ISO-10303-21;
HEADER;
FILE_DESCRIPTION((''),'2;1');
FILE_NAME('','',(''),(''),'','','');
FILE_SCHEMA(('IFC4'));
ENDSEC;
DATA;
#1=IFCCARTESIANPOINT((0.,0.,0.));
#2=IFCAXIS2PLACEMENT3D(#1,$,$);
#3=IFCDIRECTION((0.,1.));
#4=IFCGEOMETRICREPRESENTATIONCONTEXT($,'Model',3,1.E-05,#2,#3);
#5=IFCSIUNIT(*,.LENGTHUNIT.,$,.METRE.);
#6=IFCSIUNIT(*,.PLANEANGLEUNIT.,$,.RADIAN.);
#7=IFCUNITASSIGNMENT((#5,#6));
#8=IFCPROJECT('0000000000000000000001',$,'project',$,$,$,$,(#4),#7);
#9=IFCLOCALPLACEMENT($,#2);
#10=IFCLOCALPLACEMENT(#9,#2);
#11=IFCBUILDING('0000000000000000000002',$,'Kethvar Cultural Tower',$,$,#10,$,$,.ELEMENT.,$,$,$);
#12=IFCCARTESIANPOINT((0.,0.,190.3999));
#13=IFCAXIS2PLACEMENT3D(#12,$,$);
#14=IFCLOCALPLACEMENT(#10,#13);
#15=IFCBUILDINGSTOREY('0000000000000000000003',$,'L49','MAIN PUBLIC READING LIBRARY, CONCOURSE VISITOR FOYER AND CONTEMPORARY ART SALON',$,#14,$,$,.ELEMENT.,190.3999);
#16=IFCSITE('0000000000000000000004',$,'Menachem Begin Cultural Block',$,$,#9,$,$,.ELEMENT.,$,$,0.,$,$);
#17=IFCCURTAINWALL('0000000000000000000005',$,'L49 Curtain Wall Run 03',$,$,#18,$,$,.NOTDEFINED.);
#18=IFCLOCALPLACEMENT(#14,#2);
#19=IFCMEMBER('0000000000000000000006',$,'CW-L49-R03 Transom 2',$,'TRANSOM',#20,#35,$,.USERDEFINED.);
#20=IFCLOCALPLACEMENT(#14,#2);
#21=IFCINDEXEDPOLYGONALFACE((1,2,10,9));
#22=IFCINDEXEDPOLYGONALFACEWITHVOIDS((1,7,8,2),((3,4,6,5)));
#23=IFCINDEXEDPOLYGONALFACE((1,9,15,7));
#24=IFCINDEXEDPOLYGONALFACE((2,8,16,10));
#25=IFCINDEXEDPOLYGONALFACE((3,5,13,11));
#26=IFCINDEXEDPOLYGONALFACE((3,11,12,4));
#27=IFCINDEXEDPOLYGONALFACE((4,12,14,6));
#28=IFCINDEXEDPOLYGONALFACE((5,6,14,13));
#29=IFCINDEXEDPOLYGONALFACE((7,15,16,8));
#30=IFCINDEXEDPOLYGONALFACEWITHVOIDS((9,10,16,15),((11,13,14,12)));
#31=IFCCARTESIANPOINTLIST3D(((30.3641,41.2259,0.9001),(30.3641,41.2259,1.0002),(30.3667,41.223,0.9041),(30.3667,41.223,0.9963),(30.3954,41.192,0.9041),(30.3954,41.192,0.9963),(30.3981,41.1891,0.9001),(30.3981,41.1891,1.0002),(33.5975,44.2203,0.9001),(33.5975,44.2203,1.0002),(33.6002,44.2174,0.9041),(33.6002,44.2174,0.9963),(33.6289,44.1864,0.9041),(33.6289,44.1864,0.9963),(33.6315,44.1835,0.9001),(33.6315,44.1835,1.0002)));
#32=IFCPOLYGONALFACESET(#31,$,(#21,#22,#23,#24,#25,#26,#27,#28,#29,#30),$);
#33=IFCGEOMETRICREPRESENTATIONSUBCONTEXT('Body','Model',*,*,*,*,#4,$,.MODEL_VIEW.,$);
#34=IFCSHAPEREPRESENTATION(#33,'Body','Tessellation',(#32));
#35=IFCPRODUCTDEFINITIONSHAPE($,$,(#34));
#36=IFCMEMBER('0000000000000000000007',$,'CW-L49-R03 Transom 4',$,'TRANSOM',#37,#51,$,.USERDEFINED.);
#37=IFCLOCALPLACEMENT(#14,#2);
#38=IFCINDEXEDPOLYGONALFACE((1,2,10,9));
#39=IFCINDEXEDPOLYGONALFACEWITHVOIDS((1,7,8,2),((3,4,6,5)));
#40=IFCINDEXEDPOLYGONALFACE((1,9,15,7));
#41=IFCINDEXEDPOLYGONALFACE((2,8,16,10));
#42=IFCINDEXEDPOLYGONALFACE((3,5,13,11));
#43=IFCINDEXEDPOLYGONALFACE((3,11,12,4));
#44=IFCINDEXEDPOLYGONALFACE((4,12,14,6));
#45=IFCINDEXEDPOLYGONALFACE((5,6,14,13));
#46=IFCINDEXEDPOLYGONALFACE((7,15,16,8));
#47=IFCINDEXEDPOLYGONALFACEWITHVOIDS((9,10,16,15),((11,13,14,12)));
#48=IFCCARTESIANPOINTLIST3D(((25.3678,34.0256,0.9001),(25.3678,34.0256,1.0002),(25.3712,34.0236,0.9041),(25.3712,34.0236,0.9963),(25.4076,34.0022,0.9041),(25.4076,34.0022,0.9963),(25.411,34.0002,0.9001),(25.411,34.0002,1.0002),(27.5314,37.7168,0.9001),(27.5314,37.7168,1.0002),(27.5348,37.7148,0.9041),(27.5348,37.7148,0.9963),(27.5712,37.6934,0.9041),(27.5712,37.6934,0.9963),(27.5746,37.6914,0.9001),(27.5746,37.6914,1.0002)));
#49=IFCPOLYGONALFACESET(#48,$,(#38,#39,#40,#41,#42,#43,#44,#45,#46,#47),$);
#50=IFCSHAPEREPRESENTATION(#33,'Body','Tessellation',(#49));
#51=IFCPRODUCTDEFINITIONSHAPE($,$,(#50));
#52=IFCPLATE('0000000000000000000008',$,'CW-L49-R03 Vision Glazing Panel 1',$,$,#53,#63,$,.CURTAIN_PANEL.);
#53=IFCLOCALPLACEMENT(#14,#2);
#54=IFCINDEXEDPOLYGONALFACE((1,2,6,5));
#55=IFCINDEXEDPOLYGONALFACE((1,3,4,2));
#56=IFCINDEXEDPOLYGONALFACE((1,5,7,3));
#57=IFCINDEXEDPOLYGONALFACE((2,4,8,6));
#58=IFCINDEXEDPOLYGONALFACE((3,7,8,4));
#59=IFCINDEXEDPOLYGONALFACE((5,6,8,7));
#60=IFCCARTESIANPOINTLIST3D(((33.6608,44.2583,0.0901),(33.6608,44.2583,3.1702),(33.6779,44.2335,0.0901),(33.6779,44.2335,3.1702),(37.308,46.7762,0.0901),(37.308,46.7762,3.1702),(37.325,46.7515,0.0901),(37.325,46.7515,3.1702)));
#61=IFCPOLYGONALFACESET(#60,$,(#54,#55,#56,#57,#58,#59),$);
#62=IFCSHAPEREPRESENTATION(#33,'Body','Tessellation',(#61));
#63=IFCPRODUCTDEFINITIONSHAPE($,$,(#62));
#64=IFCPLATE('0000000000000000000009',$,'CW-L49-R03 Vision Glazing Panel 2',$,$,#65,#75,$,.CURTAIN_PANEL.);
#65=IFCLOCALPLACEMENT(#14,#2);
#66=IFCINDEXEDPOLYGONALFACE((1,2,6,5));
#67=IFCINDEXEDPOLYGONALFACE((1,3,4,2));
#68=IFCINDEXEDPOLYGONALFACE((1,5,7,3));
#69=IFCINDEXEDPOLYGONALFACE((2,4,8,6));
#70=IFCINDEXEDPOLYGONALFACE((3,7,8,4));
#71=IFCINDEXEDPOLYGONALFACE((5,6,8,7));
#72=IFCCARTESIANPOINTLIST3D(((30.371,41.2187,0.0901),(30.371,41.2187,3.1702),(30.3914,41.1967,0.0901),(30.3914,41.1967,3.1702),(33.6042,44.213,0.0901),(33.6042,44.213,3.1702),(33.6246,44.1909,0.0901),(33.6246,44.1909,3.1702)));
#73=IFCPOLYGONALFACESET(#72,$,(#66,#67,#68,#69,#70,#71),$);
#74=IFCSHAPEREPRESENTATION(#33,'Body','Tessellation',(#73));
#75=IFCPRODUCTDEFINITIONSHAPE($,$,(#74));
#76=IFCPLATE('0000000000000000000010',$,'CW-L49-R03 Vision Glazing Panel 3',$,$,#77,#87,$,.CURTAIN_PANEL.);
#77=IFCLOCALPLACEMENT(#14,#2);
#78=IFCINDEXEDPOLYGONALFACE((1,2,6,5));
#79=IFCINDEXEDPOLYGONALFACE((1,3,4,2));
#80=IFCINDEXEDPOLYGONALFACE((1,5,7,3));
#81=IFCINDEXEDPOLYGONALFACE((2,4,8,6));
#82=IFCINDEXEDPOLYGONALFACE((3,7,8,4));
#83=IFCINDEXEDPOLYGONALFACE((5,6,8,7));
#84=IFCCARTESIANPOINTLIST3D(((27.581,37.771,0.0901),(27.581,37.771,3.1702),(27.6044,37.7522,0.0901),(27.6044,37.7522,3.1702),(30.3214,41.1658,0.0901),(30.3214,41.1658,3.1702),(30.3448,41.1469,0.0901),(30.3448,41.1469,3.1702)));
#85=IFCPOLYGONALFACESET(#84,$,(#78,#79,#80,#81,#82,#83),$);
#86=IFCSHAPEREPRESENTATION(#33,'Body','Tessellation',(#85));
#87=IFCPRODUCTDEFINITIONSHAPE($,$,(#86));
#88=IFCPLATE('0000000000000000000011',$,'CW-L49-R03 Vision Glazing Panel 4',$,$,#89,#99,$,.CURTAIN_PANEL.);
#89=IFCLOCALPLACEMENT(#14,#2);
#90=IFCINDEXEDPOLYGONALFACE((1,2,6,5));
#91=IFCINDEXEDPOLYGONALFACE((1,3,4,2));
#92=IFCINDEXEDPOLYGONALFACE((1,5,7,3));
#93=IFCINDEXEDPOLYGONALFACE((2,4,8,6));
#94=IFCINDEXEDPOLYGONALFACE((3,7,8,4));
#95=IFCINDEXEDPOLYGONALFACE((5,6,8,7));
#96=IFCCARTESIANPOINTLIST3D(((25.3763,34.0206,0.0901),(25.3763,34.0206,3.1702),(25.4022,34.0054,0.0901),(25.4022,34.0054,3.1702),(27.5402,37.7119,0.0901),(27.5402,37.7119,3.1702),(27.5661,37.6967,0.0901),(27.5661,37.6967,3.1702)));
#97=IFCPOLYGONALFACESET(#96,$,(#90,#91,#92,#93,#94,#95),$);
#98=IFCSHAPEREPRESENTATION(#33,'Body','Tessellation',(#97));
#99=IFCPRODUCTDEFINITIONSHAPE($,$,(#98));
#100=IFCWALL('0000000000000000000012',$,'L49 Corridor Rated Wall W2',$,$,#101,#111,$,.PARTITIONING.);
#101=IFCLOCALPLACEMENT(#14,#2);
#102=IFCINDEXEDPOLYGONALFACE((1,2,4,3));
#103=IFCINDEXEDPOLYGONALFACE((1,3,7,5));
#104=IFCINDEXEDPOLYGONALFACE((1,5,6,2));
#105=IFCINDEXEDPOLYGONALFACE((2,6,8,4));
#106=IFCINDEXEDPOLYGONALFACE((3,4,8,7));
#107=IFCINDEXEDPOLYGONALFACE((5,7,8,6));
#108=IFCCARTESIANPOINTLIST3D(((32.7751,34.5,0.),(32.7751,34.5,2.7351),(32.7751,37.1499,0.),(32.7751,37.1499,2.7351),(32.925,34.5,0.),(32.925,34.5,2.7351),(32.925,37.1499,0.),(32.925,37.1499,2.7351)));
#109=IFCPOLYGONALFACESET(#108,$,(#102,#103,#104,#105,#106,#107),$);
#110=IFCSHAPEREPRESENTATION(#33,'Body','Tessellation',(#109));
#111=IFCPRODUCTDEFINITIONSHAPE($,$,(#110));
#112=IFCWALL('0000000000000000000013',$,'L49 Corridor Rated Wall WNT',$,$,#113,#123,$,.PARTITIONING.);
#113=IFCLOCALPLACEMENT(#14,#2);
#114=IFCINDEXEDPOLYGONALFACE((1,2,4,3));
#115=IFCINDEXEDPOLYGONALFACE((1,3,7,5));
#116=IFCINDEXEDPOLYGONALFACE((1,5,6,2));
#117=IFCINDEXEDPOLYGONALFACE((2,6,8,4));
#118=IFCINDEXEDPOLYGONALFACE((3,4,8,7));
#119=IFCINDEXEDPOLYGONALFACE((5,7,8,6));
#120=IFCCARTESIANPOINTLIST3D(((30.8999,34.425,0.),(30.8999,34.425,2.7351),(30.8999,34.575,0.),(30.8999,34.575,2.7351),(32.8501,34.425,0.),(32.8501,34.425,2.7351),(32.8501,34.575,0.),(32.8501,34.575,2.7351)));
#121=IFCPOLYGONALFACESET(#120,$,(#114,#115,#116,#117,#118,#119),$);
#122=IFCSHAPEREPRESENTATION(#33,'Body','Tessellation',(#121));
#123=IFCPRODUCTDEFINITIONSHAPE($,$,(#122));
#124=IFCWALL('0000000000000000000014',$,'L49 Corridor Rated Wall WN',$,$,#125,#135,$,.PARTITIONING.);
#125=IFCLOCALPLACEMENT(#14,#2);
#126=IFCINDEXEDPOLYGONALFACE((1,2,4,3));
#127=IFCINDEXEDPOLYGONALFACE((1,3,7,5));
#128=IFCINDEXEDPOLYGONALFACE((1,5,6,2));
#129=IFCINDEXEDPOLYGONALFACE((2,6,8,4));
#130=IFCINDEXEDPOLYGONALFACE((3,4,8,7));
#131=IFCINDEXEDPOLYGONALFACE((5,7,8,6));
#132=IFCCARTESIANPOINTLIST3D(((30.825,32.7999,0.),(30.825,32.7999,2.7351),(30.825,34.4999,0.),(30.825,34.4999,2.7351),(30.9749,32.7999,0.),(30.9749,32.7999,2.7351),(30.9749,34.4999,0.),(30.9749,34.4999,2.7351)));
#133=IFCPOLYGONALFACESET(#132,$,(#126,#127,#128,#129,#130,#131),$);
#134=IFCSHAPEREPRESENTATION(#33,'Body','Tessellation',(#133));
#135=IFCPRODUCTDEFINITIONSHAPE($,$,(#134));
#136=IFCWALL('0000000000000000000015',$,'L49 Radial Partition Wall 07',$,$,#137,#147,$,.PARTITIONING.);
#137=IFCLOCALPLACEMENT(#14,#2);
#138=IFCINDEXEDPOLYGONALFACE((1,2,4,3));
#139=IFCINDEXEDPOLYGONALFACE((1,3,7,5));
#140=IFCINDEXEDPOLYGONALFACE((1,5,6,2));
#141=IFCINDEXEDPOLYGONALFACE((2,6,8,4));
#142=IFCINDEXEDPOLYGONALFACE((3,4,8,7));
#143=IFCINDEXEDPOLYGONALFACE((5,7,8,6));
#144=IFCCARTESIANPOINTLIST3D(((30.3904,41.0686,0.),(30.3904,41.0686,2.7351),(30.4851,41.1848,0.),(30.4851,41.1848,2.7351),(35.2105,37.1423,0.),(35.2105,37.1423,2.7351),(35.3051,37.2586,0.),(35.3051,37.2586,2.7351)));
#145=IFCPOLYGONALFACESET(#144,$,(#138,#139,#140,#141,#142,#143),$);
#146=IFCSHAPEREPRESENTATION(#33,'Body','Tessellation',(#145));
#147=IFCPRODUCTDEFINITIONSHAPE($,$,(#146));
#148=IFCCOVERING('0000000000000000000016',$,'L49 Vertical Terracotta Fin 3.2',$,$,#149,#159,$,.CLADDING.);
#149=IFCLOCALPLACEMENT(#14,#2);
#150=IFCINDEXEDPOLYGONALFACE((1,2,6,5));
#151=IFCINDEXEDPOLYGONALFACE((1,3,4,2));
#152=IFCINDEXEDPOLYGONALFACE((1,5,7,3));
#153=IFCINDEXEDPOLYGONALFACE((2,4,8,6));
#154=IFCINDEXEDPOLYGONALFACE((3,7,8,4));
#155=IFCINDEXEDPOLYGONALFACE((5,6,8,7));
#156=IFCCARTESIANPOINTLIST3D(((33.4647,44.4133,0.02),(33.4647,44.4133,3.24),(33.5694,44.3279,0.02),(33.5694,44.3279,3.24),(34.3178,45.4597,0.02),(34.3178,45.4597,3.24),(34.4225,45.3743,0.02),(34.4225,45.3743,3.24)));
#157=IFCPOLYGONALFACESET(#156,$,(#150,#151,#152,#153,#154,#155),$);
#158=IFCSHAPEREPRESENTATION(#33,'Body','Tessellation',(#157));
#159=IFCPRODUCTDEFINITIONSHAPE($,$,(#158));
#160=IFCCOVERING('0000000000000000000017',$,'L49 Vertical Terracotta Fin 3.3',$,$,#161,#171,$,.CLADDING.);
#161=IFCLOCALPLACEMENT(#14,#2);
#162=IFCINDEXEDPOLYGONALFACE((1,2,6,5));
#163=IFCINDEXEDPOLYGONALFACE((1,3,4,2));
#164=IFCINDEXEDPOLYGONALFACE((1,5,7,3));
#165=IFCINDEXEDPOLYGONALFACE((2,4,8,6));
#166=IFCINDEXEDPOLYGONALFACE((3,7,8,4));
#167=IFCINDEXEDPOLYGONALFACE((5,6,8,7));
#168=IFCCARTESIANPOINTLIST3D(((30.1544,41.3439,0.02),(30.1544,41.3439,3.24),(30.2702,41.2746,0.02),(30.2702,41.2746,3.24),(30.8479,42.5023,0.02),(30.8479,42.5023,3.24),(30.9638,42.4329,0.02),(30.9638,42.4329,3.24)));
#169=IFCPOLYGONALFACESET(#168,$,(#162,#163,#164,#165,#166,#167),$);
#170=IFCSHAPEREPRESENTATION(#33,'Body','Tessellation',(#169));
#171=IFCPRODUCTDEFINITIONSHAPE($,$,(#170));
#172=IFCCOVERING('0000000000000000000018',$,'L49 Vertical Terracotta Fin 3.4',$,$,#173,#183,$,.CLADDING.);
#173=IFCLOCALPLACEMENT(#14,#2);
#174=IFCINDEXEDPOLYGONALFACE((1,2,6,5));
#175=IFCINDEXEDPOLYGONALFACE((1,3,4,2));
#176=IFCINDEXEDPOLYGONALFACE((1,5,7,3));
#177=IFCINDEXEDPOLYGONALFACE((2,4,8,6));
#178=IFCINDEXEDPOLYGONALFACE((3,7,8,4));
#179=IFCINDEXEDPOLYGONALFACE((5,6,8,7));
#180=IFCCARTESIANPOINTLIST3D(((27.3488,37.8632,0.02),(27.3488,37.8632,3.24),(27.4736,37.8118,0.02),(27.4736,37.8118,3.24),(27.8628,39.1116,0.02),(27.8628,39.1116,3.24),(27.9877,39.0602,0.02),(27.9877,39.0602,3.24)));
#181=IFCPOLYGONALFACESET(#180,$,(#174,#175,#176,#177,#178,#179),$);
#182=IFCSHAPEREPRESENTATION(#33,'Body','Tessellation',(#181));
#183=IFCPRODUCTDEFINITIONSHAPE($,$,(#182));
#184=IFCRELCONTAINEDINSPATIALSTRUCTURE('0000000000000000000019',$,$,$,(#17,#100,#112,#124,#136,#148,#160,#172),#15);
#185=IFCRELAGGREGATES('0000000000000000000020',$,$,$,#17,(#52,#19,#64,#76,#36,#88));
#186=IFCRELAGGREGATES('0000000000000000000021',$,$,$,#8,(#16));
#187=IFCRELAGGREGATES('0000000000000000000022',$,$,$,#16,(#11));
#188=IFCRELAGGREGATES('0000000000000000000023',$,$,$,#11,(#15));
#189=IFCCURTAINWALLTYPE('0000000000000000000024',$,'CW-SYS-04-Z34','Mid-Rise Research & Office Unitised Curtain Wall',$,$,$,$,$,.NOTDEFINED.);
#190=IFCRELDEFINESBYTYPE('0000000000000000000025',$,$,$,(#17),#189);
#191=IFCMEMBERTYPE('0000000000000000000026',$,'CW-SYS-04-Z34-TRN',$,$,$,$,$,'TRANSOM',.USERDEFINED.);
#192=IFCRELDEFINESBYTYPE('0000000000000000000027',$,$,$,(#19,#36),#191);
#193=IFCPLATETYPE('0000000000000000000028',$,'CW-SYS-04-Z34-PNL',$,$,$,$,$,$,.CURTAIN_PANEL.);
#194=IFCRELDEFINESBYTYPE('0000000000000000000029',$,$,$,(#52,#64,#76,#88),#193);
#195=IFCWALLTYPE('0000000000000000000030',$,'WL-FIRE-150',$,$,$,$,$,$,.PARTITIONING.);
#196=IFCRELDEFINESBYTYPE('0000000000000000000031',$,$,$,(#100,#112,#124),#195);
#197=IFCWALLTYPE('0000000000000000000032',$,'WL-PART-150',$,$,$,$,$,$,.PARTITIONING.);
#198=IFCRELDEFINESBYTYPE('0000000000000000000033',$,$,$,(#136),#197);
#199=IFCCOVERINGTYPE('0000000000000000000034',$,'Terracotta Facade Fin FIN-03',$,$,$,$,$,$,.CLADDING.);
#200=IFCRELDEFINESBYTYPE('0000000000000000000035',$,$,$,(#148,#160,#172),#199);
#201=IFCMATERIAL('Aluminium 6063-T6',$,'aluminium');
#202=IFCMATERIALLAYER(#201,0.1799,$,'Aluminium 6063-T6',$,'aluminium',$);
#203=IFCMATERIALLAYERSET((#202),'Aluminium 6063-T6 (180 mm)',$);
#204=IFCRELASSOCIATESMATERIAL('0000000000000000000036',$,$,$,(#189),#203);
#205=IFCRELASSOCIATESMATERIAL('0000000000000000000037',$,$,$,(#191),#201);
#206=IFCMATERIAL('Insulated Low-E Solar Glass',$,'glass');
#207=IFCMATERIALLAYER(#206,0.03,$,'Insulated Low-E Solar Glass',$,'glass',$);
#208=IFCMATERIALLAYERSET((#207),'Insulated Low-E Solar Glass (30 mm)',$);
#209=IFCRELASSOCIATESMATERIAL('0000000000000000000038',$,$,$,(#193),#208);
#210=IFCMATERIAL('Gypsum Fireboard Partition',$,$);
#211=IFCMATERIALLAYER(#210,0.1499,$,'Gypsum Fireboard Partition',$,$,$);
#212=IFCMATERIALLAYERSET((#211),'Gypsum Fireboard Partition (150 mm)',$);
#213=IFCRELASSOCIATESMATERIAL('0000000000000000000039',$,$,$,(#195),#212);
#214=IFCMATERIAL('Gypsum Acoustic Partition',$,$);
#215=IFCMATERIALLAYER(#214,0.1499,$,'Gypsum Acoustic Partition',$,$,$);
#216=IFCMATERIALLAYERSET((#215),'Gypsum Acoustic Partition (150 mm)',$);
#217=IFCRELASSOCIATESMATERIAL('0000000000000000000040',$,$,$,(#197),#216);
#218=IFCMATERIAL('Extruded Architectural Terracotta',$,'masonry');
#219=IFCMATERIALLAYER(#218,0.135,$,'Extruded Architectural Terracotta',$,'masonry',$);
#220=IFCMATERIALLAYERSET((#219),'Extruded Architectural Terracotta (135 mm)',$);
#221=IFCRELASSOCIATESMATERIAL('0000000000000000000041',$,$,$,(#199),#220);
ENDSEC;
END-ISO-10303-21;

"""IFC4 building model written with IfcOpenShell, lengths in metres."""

from ifc_helpers import new_model, si_unit, direction, frame, frame_2d, origin, origin_2d, place, context, subcontext, project, spatial, rectangle, hollow_rectangle, extrude, source, transform, mapped, material, layer, layer_set, material_profile, profile_set, type_object, element, aggregate, save


model = new_model("IFC4")

# Units and contexts
model_context = context("Model", 3, precision=1e-05, world=origin(), true_north=direction((0.0, 1.0)))
body_context = subcontext(model_context, "Body", "Model", "MODEL_VIEW")
ifc_project = project(units=[si_unit("LENGTHUNIT", "METRE"), si_unit("PLANEANGLEUNIT", "RADIAN")], contexts=[model_context])

# Site, building, storey
site_placement = place(None, origin())
site = spatial("IfcSite", under=ifc_project, at=site_placement, Name="Menachem Begin Cultural Block", CompositionType="ELEMENT", RefElevation=0.0)
building_placement = place(site_placement, origin())
building = spatial("IfcBuilding", under=site, at=building_placement, Name="Kethvar Cultural Tower", CompositionType="ELEMENT")
storey_placement = place(building_placement, frame((0.0, 0.0, 190.3999)))
storey = spatial("IfcBuildingStorey", under=building, at=storey_placement, Name="L49", Description="MAIN PUBLIC READING LIBRARY, CONCOURSE VISITOR FOYER AND CONTEMPORARY ART SALON", CompositionType="ELEMENT", Elevation=190.3999)

# Curtain wall, members, plates
ifc_material_1 = material(Name="Aluminium 6063-T6", Category="aluminium")
ifc_layer_1 = layer(ifc_material_1, 0.1799, Name="Aluminium 6063-T6", Category="aluminium")
ifc_layer_set_1 = layer_set([ifc_layer_1], Name="Aluminium 6063-T6 (180 mm)")
curtain_wall_type = type_object("IfcCurtainWallType", Name="CW-SYS-04-Z34", Description="Mid-Rise Research & Office Unitised Curtain Wall", PredefinedType="NOTDEFINED", material=ifc_layer_set_1)
curtain_wall_placement = place(storey_placement, origin())
curtain_wall = element("IfcCurtainWall", 1, at=curtain_wall_placement, inside=storey, type_object=curtain_wall_type, Name="L49 Curtain Wall Run 03", PredefinedType="NOTDEFINED")
ifc_material_profile_1 = material_profile(ifc_material_1, hollow_rectangle(XDim=0.05, YDim=0.1001, WallThickness=0.0039, at=origin_2d()), Name="Aluminium 6063-T6 — RHS100x50x4")
ifc_profile_set_1 = profile_set([ifc_material_profile_1], Name="Aluminium 6063-T6 — RHS100x50x4")
member_type_1 = type_object("IfcMemberType", Name="CW-SYS-04-Z34-TRN", ElementType="TRANSOM", PredefinedType="USERDEFINED", material=ifc_profile_set_1)
shared_shape_1 = source(origin(), body_context, "Body", "SweptSolid", [
    extrude(hollow_rectangle(XDim=0.05, YDim=0.1001, WallThickness=0.0039, at=origin_2d()), origin(), (0.0, 0.0, 1.0), 4.407),
])
member_1_placement = place(storey_placement, frame((33.6145, 44.2019, 0.9502), z_axis=(-0.733704, -0.679469, 0.0), x_axis=(0.679469, -0.733704, 0.0)))
member_1 = element("IfcMember", 2, at=member_1_placement, type_object=member_type_1, Name="CW-L49-R03 Transom 2", ObjectType="TRANSOM", PredefinedType="USERDEFINED", context=body_context, shape_type="MappedRepresentation", body=[
    mapped(shared_shape_1, transform((0.0, 0.0, 0.0), scale=1.0)),
])
shared_shape_2 = source(origin(), body_context, "Body", "SweptSolid", [
    extrude(hollow_rectangle(XDim=0.05, YDim=0.1001, WallThickness=0.0039, at=origin_2d()), origin(), (0.0, 0.0, 1.0), 4.2786),
])
member_2_placement = place(storey_placement, frame((27.553, 37.7041, 0.9502), z_axis=(-0.505683, -0.862719, 0.0), x_axis=(0.862719, -0.505683, 0.0)))
member_2 = element("IfcMember", 3, at=member_2_placement, type_object=member_type_1, Name="CW-L49-R03 Transom 4", ObjectType="TRANSOM", PredefinedType="USERDEFINED", context=body_context, shape_type="MappedRepresentation", body=[
    mapped(shared_shape_2, transform((0.0, 0.0, 0.0), scale=1.0)),
])
ifc_material_2 = material(Name="Insulated Low-E Solar Glass", Category="glass")
ifc_layer_2 = layer(ifc_material_2, 0.03, Name="Insulated Low-E Solar Glass", Category="glass")
ifc_layer_set_2 = layer_set([ifc_layer_2], Name="Insulated Low-E Solar Glass (30 mm)")
plate_type = type_object("IfcPlateType", Name="CW-SYS-04-Z34-PNL", PredefinedType="CURTAIN_PANEL", material=ifc_layer_set_2)
shared_shape_3 = source(origin(), body_context, "Body", "SweptSolid", [
    extrude(rectangle(XDim=4.4319, YDim=0.03, at=origin_2d()), origin(), (0.0, 0.0, 1.0), 3.0801),
])
plate_1_placement = place(storey_placement, frame((35.4929, 45.5049, 0.0901), z_axis=(0.0, 0.0, 1.0), x_axis=(-0.822928, -0.568145, 0.0)))
plate_1 = element("IfcPlate", 4, at=plate_1_placement, type_object=plate_type, Name="CW-L49-R03 Vision Glazing Panel 1", PredefinedType="CURTAIN_PANEL", context=body_context, shape_type="MappedRepresentation", body=[
    mapped(shared_shape_3, transform((0.0, 0.0, 0.0), scale=1.0)),
])
shared_shape_4 = source(origin(), body_context, "Body", "SweptSolid", [
    extrude(rectangle(XDim=4.4067, YDim=0.03, at=origin_2d()), origin(), (0.0, 0.0, 1.0), 3.0801),
])
plate_2_placement = place(storey_placement, frame((31.9978, 42.7048, 0.0901), z_axis=(0.0, 0.0, 1.0), x_axis=(-0.733706, -0.679467, 0.0)))
plate_2 = element("IfcPlate", 5, at=plate_2_placement, type_object=plate_type, Name="CW-L49-R03 Vision Glazing Panel 2", PredefinedType="CURTAIN_PANEL", context=body_context, shape_type="MappedRepresentation", body=[
    mapped(shared_shape_4, transform((0.0, 0.0, 0.0), scale=1.0)),
])
shared_shape_5 = source(origin(), body_context, "Body", "SweptSolid", [
    extrude(rectangle(XDim=4.3628, YDim=0.03, at=origin_2d()), origin(), (0.0, 0.0, 1.0), 3.0801),
])
plate_3_placement = place(storey_placement, frame((28.9629, 39.459, 0.0901), z_axis=(0.0, 0.0, 1.0), x_axis=(-0.628126, -0.778112, 0.0)))
plate_3 = element("IfcPlate", 6, at=plate_3_placement, type_object=plate_type, Name="CW-L49-R03 Vision Glazing Panel 3", PredefinedType="CURTAIN_PANEL", context=body_context, shape_type="MappedRepresentation", body=[
    mapped(shared_shape_5, transform((0.0, 0.0, 0.0), scale=1.0)),
])
shared_shape_6 = source(origin(), body_context, "Body", "SweptSolid", [
    extrude(rectangle(XDim=4.2788, YDim=0.03, at=origin_2d()), origin(), (0.0, 0.0, 1.0), 3.0801),
])
plate_4_placement = place(storey_placement, frame((26.4712, 35.8586, 0.0901), z_axis=(0.0, 0.0, 1.0), x_axis=(-0.505718, -0.862699, 0.0)))
plate_4 = element("IfcPlate", 7, at=plate_4_placement, type_object=plate_type, Name="CW-L49-R03 Vision Glazing Panel 4", PredefinedType="CURTAIN_PANEL", context=body_context, shape_type="MappedRepresentation", body=[
    mapped(shared_shape_6, transform((0.0, 0.0, 0.0), scale=1.0)),
])
aggregate(curtain_wall, [plate_1, member_1, plate_2, plate_3, member_2, plate_4])

# Walls
ifc_material_3 = material(Name="Gypsum Fireboard Partition")
ifc_layer_3 = layer(ifc_material_3, 0.1499, Name="Gypsum Fireboard Partition")
ifc_layer_set_3 = layer_set([ifc_layer_3], Name="Gypsum Fireboard Partition (150 mm)")
wall_type_1 = type_object("IfcWallType", Name="WL-FIRE-150", PredefinedType="PARTITIONING", material=ifc_layer_set_3)
wall_1_placement = place(storey_placement, frame((32.8501, 37.1499, 0.0), z_axis=(0.0, 0.0, 1.0), x_axis=(0.0, -1.0, 0.0)))
element("IfcWall", 8, at=wall_1_placement, inside=storey, type_object=wall_type_1, Name="L49 Corridor Rated Wall W2", PredefinedType="PARTITIONING", context=body_context, shape_type="SweptSolid", body=[
    extrude(rectangle(XDim=2.6499, YDim=0.1499, at=frame_2d((1.325, 0.0))), origin(), (0.0, 0.0, 1.0), 2.7351),
])
wall_2_placement = place(storey_placement, frame((32.8501, 34.5, 0.0), z_axis=(0.0, 0.0, 1.0), x_axis=(-1.0, 0.0, 0.0)))
element("IfcWall", 9, at=wall_2_placement, inside=storey, type_object=wall_type_1, Name="L49 Corridor Rated Wall WNT", PredefinedType="PARTITIONING", context=body_context, shape_type="SweptSolid", body=[
    extrude(rectangle(XDim=1.9502, YDim=0.1499, at=frame_2d((0.9751, 0.0))), origin(), (0.0, 0.0, 1.0), 2.7351),
])
wall_3_placement = place(storey_placement, frame((30.8999, 34.5, 0.0), z_axis=(0.0, 0.0, 1.0), x_axis=(0.0, -1.0, 0.0)))
element("IfcWall", 10, at=wall_3_placement, inside=storey, type_object=wall_type_1, Name="L49 Corridor Rated Wall WN", PredefinedType="PARTITIONING", context=body_context, shape_type="SweptSolid", body=[
    extrude(rectangle(XDim=1.7, YDim=0.1499, at=frame_2d((0.8501, 0.0))), origin(), (0.0, 0.0, 1.0), 2.7351),
])
ifc_material_4 = material(Name="Gypsum Acoustic Partition")
ifc_layer_4 = layer(ifc_material_4, 0.1499, Name="Gypsum Acoustic Partition")
ifc_layer_set_4 = layer_set([ifc_layer_4], Name="Gypsum Acoustic Partition (150 mm)")
wall_type_2 = type_object("IfcWallType", Name="WL-PART-150", PredefinedType="PARTITIONING", material=ifc_layer_set_4)
wall_4_placement = place(storey_placement, frame((35.2578, 37.2004, 0.0), z_axis=(0.0, 0.0, 1.0), x_axis=(-0.775329, 0.631558, 0.0)))
element("IfcWall", 11, at=wall_4_placement, inside=storey, type_object=wall_type_2, Name="L49 Radial Partition Wall 07", PredefinedType="PARTITIONING", context=body_context, shape_type="SweptSolid", body=[
    extrude(rectangle(XDim=6.2168, YDim=0.1499, at=frame_2d((3.1084, 0.0))), origin(), (0.0, 0.0, 1.0), 2.7351),
])

# Coverings
ifc_material_5 = material(Name="Extruded Architectural Terracotta", Category="masonry")
ifc_layer_5 = layer(ifc_material_5, 0.135, Name="Extruded Architectural Terracotta", Category="masonry")
ifc_layer_set_5 = layer_set([ifc_layer_5], Name="Extruded Architectural Terracotta (135 mm)")
covering_type = type_object("IfcCoveringType", Name="Terracotta Facade Fin FIN-03", PredefinedType="CLADDING", material=ifc_layer_set_5)
shared_shape_7 = source(origin(), body_context, "Body", "SweptSolid", [
    extrude(rectangle(XDim=1.3501, YDim=0.135, at=origin_2d()), origin(), (0.0, 0.0, 1.0), 3.22),
])
for number, where, z_axis, x_axis, name in (
    (12, (33.9436, 44.8938, 0.02), (0.0, 0.0, 1.0), (0.631894, 0.775055, 0.0), "L49 Vertical Terracotta Fin 3.2"),
    (13, (30.5591, 41.8884, 0.02), (0.0, 0.0, 1.0), (0.513691, 0.857975, 0.0), "L49 Vertical Terracotta Fin 3.3"),
    (14, (27.6682, 38.4617, 0.02), (0.0, 0.0, 1.0), (0.380748, 0.924679, 0.0), "L49 Vertical Terracotta Fin 3.4"),
):
    element("IfcCovering", number, at=place(storey_placement, frame(where, z_axis=z_axis, x_axis=x_axis)), inside=storey, type_object=covering_type, Name=name, PredefinedType="CLADDING", context=body_context, shape_type="MappedRepresentation", body=[
        mapped(shared_shape_7, transform((0.0, 0.0, 0.0), scale=1.0)),
    ])

save(model, "model.ifc")
